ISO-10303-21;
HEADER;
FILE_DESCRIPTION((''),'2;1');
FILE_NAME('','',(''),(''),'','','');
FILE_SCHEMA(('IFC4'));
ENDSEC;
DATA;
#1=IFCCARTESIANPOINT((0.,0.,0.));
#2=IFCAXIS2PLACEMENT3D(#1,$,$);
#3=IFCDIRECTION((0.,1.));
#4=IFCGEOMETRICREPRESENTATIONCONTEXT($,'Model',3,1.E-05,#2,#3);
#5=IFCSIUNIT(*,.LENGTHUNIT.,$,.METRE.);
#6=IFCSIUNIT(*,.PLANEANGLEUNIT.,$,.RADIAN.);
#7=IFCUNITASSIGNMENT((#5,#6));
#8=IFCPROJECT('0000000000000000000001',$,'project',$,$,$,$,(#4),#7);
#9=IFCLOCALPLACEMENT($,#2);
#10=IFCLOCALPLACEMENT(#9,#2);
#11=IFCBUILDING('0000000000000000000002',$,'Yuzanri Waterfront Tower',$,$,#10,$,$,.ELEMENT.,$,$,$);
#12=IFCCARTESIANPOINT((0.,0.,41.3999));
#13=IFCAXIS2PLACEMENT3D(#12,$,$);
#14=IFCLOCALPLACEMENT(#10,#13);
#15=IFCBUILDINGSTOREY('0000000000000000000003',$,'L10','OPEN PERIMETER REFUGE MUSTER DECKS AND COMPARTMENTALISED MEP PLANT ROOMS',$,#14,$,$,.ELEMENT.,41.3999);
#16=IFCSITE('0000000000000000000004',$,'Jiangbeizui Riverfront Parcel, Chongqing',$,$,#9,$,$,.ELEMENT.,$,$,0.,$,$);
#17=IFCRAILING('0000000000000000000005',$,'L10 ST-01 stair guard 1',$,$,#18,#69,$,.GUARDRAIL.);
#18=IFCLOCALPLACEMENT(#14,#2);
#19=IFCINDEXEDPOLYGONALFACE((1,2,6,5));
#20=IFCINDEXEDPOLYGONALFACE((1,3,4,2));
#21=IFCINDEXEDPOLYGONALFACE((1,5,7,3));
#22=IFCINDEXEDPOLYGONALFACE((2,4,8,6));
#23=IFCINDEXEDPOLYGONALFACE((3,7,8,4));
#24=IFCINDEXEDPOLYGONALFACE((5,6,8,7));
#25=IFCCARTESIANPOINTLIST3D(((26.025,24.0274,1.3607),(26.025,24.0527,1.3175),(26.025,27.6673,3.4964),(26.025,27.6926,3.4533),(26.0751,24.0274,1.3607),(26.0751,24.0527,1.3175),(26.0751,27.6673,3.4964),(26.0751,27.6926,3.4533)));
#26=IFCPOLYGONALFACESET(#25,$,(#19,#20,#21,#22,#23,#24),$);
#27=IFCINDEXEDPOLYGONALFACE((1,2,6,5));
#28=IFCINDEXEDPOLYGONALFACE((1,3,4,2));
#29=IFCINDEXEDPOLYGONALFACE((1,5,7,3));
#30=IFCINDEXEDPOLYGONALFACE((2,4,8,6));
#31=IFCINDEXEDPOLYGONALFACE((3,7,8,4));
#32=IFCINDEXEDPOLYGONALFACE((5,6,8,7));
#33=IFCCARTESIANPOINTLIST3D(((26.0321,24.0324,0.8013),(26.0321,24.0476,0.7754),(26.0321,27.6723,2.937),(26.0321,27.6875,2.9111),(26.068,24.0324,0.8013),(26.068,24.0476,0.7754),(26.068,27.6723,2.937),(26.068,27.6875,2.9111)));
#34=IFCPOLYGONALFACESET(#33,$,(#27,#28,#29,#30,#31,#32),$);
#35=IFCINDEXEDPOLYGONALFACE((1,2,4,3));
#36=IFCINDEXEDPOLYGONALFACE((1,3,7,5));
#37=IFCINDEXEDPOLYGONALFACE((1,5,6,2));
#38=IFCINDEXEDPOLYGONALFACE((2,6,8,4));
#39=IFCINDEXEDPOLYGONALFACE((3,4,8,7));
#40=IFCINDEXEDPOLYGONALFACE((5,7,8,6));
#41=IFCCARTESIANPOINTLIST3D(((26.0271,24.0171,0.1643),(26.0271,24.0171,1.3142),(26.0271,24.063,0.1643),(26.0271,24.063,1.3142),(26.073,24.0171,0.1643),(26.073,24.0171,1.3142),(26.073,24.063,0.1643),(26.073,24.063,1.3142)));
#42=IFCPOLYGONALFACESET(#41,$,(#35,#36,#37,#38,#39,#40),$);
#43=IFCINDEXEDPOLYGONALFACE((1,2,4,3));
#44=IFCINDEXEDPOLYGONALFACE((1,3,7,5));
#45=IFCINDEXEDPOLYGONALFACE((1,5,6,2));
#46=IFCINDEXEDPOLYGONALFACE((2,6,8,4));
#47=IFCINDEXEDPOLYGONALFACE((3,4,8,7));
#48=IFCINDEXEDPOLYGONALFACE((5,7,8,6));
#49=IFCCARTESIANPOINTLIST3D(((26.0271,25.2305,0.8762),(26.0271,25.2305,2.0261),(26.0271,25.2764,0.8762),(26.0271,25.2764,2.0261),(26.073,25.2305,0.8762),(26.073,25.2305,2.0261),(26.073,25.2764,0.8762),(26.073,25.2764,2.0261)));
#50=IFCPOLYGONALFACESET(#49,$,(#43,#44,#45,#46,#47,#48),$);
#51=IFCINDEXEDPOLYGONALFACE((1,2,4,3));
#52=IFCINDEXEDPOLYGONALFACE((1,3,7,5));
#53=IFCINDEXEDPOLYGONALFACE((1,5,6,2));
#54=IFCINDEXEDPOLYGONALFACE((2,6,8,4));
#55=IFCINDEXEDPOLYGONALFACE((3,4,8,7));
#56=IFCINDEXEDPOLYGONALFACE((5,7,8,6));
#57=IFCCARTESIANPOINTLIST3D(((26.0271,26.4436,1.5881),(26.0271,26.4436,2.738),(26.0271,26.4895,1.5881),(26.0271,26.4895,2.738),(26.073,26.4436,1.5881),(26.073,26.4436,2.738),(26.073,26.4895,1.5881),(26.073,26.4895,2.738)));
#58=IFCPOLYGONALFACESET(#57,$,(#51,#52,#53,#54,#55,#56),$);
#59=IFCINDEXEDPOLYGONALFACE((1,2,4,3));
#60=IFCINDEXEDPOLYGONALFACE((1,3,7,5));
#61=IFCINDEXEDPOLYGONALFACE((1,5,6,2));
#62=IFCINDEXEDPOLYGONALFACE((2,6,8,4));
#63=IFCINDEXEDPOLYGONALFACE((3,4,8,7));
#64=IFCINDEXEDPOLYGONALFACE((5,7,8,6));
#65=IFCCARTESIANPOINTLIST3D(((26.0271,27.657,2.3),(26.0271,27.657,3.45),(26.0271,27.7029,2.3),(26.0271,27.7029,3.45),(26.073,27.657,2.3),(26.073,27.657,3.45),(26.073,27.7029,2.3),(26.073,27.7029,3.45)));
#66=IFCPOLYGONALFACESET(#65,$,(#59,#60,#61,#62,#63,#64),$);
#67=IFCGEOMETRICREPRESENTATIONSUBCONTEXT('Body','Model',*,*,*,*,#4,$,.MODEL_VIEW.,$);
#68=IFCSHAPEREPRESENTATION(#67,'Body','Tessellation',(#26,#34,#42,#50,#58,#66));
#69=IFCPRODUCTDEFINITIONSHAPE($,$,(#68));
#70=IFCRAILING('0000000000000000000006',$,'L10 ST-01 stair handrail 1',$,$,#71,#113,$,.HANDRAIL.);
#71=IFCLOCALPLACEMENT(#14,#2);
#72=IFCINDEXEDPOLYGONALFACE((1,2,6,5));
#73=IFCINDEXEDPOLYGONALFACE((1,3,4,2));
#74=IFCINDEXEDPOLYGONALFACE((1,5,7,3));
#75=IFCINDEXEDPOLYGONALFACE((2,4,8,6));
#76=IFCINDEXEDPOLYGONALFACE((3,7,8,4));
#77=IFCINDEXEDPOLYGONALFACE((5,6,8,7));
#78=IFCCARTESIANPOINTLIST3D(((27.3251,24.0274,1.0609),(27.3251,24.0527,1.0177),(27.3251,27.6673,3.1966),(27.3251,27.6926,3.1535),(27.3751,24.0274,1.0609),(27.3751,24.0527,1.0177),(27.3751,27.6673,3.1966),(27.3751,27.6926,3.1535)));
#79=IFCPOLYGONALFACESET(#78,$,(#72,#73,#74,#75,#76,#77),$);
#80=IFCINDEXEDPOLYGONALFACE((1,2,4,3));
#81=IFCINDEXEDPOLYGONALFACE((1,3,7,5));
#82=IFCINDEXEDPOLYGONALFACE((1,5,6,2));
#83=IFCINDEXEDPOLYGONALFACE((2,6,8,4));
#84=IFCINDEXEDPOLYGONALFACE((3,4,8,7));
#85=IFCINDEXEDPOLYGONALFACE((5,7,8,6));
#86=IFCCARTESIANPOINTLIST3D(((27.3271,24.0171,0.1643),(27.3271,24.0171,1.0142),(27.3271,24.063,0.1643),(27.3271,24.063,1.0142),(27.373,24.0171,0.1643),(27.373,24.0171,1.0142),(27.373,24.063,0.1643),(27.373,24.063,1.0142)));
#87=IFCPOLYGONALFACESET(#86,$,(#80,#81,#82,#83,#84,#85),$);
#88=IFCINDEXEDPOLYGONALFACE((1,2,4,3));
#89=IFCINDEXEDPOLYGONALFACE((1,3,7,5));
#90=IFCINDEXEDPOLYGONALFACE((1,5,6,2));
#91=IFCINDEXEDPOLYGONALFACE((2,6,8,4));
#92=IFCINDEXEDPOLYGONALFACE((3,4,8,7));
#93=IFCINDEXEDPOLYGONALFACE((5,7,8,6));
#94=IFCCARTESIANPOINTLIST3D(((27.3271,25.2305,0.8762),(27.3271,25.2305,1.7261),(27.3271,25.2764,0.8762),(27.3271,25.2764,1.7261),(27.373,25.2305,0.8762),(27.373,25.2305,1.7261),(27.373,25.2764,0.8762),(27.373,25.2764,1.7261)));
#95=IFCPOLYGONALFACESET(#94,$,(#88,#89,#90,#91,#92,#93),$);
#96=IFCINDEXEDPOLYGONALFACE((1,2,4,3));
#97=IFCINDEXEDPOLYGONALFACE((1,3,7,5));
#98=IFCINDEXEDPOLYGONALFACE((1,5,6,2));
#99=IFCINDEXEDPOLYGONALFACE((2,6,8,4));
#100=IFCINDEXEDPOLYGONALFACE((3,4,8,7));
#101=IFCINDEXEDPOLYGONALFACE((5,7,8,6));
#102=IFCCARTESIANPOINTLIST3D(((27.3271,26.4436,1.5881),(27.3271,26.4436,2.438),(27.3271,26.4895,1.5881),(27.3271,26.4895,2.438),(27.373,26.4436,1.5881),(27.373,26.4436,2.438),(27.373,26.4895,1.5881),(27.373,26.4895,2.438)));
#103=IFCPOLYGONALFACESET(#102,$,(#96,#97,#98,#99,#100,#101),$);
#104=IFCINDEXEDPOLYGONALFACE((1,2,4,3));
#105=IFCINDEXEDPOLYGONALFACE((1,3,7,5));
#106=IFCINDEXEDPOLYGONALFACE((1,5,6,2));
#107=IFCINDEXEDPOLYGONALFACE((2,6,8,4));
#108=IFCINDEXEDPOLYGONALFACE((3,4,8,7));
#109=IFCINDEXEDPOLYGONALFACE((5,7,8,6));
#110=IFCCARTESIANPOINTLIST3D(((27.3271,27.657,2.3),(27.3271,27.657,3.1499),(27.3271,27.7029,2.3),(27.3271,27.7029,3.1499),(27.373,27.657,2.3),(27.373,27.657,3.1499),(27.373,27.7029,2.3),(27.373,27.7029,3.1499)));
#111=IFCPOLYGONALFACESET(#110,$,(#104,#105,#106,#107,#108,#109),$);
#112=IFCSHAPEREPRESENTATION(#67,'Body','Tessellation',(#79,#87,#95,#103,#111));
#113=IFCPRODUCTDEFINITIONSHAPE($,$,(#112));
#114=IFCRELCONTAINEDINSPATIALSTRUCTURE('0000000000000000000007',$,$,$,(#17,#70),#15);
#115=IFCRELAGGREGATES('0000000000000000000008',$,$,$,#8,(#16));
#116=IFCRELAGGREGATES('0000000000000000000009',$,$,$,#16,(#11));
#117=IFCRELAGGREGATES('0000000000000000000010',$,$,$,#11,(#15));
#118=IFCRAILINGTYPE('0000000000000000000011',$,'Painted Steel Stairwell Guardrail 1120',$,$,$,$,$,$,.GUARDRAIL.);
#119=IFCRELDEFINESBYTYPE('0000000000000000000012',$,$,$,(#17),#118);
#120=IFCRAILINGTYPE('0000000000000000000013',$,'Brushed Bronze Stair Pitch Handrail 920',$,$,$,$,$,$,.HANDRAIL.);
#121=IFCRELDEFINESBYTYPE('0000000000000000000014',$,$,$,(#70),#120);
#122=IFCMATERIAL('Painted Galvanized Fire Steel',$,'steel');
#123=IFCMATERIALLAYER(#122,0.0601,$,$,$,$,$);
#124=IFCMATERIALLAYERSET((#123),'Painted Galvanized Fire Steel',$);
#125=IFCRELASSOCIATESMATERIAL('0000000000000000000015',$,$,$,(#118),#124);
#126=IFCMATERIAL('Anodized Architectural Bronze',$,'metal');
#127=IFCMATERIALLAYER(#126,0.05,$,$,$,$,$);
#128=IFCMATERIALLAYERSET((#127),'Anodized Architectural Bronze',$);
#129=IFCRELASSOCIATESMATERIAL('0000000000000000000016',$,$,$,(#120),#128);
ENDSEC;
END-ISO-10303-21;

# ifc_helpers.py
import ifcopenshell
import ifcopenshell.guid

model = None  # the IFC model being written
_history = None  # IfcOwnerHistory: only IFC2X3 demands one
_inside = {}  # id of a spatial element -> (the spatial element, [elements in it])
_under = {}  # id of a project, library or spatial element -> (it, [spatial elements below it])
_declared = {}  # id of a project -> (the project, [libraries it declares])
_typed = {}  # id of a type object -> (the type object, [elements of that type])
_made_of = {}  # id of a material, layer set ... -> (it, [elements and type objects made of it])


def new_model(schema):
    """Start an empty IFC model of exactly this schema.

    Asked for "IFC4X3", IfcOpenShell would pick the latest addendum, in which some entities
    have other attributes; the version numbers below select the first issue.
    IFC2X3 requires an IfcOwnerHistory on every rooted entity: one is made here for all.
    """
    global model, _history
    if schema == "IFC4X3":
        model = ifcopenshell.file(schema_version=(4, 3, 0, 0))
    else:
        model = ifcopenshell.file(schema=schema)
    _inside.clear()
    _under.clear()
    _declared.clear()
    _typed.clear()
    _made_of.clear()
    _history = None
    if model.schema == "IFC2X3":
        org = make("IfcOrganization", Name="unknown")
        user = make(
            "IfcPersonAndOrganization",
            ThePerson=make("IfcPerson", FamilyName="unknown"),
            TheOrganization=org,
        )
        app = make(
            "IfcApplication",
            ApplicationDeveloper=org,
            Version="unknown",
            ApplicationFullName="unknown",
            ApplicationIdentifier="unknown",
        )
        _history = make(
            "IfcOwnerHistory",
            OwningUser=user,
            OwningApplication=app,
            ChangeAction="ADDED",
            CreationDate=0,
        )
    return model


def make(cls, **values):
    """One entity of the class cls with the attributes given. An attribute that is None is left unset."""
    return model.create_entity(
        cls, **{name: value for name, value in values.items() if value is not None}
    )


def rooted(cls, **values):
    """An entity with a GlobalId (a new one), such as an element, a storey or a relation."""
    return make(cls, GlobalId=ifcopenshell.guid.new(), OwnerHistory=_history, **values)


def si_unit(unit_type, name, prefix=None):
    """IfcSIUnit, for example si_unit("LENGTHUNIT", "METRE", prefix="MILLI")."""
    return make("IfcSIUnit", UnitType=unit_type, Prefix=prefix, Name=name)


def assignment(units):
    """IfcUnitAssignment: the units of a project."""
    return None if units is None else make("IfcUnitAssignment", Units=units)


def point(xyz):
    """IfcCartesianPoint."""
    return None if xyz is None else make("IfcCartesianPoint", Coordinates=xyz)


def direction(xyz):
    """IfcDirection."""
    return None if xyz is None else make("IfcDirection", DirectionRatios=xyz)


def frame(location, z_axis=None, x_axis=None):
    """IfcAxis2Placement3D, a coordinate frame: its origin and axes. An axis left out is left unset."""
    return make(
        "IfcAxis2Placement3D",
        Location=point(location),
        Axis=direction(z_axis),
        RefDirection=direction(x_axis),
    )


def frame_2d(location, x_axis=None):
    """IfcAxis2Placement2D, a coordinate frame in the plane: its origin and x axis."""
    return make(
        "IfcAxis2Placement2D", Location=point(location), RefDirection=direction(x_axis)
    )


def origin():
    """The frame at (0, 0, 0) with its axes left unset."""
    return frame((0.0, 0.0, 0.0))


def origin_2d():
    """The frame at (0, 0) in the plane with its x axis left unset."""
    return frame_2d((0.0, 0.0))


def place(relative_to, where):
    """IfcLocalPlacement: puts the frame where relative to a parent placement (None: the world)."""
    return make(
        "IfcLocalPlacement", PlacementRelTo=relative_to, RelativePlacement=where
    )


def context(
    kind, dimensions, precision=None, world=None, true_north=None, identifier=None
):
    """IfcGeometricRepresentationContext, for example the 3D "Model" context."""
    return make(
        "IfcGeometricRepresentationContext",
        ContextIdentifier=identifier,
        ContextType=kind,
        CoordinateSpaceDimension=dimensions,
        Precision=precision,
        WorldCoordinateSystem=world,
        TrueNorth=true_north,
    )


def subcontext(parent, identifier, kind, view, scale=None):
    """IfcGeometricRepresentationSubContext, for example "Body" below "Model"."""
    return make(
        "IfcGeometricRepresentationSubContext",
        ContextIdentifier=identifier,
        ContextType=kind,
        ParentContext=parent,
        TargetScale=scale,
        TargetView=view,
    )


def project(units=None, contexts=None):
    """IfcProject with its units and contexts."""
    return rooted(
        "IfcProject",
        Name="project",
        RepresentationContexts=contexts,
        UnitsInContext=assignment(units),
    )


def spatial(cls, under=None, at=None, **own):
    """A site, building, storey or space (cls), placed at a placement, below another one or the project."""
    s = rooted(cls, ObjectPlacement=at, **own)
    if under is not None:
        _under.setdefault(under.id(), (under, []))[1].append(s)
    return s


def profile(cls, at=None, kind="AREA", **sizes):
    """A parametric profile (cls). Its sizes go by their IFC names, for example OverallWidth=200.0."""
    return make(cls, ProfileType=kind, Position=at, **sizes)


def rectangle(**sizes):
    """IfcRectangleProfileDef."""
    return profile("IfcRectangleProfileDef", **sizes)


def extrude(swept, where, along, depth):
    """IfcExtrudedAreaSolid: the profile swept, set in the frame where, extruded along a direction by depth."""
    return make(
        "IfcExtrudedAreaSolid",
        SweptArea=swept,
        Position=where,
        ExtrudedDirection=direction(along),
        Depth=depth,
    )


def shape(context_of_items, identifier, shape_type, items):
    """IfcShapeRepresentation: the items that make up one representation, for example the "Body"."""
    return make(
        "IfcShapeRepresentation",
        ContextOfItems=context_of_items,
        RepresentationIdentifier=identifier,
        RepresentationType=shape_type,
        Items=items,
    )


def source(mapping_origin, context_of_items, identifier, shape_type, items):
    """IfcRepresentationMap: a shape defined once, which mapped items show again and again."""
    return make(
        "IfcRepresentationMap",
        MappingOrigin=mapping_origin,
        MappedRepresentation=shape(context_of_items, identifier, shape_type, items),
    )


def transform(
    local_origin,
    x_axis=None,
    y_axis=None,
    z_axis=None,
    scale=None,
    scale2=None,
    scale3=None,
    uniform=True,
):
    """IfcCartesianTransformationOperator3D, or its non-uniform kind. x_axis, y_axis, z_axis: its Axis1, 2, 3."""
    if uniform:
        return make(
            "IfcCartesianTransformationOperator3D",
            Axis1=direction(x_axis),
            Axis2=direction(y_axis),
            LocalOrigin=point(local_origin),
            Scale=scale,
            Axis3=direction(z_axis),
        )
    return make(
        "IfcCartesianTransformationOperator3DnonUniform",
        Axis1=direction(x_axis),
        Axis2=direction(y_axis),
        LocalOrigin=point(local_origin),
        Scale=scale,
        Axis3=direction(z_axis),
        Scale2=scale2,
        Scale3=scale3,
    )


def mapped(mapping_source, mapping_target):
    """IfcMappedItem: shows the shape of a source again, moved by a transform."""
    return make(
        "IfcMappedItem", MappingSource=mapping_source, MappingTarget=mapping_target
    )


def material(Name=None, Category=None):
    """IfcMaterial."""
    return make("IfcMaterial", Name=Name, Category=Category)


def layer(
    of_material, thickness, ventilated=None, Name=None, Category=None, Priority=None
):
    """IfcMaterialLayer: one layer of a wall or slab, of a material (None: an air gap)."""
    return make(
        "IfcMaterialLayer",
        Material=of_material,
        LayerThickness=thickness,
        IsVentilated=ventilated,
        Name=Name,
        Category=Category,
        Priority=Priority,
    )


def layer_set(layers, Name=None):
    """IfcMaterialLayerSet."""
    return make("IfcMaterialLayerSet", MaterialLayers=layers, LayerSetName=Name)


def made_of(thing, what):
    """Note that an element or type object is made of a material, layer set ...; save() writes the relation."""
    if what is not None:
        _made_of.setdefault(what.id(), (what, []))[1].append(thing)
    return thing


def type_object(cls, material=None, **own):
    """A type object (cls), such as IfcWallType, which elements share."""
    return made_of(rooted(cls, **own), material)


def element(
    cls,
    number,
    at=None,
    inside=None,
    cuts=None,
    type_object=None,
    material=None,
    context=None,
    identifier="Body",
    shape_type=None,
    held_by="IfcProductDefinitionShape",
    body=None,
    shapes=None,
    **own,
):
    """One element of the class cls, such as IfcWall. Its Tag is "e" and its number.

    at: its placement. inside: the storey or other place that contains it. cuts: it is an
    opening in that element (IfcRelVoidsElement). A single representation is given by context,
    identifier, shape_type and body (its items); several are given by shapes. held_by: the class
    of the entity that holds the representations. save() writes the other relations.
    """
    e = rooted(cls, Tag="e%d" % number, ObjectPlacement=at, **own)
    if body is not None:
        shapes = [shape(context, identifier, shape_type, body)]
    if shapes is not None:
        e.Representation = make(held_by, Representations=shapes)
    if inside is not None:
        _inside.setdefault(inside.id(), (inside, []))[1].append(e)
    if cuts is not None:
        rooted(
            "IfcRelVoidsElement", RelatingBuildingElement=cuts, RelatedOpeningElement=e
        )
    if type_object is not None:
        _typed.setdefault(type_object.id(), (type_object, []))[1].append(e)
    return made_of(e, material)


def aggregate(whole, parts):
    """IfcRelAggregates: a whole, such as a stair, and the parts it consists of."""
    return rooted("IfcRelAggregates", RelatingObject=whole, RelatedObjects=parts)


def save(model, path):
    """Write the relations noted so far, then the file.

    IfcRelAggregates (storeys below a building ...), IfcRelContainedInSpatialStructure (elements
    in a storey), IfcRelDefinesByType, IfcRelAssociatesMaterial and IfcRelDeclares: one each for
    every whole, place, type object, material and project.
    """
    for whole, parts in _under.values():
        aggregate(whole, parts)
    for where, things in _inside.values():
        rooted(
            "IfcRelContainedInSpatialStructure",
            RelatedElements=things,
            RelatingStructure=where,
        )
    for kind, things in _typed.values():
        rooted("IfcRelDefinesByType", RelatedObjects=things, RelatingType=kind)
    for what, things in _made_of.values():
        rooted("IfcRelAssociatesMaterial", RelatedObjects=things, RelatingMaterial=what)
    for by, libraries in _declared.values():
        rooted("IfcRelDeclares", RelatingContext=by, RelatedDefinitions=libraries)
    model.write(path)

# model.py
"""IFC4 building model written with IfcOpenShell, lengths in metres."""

from ifc_helpers import new_model, si_unit, direction, frame, origin, origin_2d, place, context, subcontext, project, spatial, rectangle, extrude, source, transform, mapped, material, layer, layer_set, type_object, element, save


model = new_model("IFC4")

# Units and contexts
model_context = context("Model", 3, precision=1e-05, world=origin(), true_north=direction((0.0, 1.0)))
body_context = subcontext(model_context, "Body", "Model", "MODEL_VIEW")
ifc_project = project(units=[si_unit("LENGTHUNIT", "METRE"), si_unit("PLANEANGLEUNIT", "RADIAN")], contexts=[model_context])

# Site, building, storey
site_placement = place(None, origin())
site = spatial("IfcSite", under=ifc_project, at=site_placement, Name="Jiangbeizui Riverfront Parcel, Chongqing", CompositionType="ELEMENT", RefElevation=0.0)
building_placement = place(site_placement, origin())
building = spatial("IfcBuilding", under=site, at=building_placement, Name="Yuzanri Waterfront Tower", CompositionType="ELEMENT")
storey_placement = place(building_placement, frame((0.0, 0.0, 41.3999)))
storey = spatial("IfcBuildingStorey", under=building, at=storey_placement, Name="L10", Description="OPEN PERIMETER REFUGE MUSTER DECKS AND COMPARTMENTALISED MEP PLANT ROOMS", CompositionType="ELEMENT", Elevation=41.3999)

# Railings
ifc_material_1 = material(Name="Painted Galvanized Fire Steel", Category="steel")
ifc_layer_1 = layer(ifc_material_1, 0.0601)
ifc_layer_set_1 = layer_set([ifc_layer_1], Name="Painted Galvanized Fire Steel")
railing_type_1 = type_object("IfcRailingType", Name="Painted Steel Stairwell Guardrail 1120", PredefinedType="GUARDRAIL", material=ifc_layer_set_1)
shared_shape_1 = source(origin(), body_context, "Body", "SweptSolid", [
    extrude(rectangle(XDim=0.05, YDim=0.05, at=origin_2d()), frame((0.0, 0.0, 1.1748), z_axis=(0.0, 0.86249, 0.506074), x_axis=(-1.0, 0.0, 0.0)), (0.0, 0.0, 1.0), 4.2202),
    extrude(rectangle(XDim=0.0359, YDim=0.03, at=origin_2d()), frame((0.0, 0.0, 0.624), z_axis=(0.0, 0.86249, 0.506074), x_axis=(-1.0, 0.0, 0.0)), (0.0, 0.0, 1.0), 4.2202),
    extrude(rectangle(XDim=0.0459, YDim=0.0459, at=origin_2d()), origin(), (0.0, 0.0, 1.0), 1.1499),
    extrude(rectangle(XDim=0.0459, YDim=0.0459, at=origin_2d()), frame((0.0, 1.2134, 0.7119)), (0.0, 0.0, 1.0), 1.1499),
    extrude(rectangle(XDim=0.0459, YDim=0.0459, at=origin_2d()), frame((0.0, 2.4265, 1.4238)), (0.0, 0.0, 1.0), 1.1499),
    extrude(rectangle(XDim=0.0459, YDim=0.0459, at=origin_2d()), frame((0.0, 3.6399, 2.1357)), (0.0, 0.0, 1.0), 1.1499),
])
railing_1_placement = place(storey_placement, frame((26.05, 24.04, 0.1643)))
element("IfcRailing", 1, at=railing_1_placement, inside=storey, type_object=railing_type_1, Name="L10 ST-01 stair guard 1", PredefinedType="GUARDRAIL", context=body_context, shape_type="MappedRepresentation", body=[
    mapped(shared_shape_1, transform((0.0, 0.0, 0.0), scale=1.0)),
])
ifc_material_2 = material(Name="Anodized Architectural Bronze", Category="metal")
ifc_layer_2 = layer(ifc_material_2, 0.05)
ifc_layer_set_2 = layer_set([ifc_layer_2], Name="Anodized Architectural Bronze")
railing_type_2 = type_object("IfcRailingType", Name="Brushed Bronze Stair Pitch Handrail 920", PredefinedType="HANDRAIL", material=ifc_layer_set_2)
shared_shape_2 = source(origin(), body_context, "Body", "SweptSolid", [
    extrude(rectangle(XDim=0.05, YDim=0.05, at=origin_2d()), frame((0.0, 0.0, 0.875), z_axis=(0.0, 0.86249, 0.506074), x_axis=(-1.0, 0.0, 0.0)), (0.0, 0.0, 1.0), 4.2202),
    extrude(rectangle(XDim=0.0459, YDim=0.0459, at=origin_2d()), origin(), (0.0, 0.0, 1.0), 0.8499),
    extrude(rectangle(XDim=0.0459, YDim=0.0459, at=origin_2d()), frame((0.0, 1.2134, 0.7119)), (0.0, 0.0, 1.0), 0.8499),
    extrude(rectangle(XDim=0.0459, YDim=0.0459, at=origin_2d()), frame((0.0, 2.4265, 1.4238)), (0.0, 0.0, 1.0), 0.8499),
    extrude(rectangle(XDim=0.0459, YDim=0.0459, at=origin_2d()), frame((0.0, 3.6399, 2.1357)), (0.0, 0.0, 1.0), 0.8499),
])
railing_2_placement = place(storey_placement, frame((27.3501, 24.04, 0.1643)))
element("IfcRailing", 2, at=railing_2_placement, inside=storey, type_object=railing_type_2, Name="L10 ST-01 stair handrail 1", PredefinedType="HANDRAIL", context=body_context, shape_type="MappedRepresentation", body=[
    mapped(shared_shape_2, transform((0.0, 0.0, 0.0), scale=1.0)),
])

save(model, "model.ifc")
